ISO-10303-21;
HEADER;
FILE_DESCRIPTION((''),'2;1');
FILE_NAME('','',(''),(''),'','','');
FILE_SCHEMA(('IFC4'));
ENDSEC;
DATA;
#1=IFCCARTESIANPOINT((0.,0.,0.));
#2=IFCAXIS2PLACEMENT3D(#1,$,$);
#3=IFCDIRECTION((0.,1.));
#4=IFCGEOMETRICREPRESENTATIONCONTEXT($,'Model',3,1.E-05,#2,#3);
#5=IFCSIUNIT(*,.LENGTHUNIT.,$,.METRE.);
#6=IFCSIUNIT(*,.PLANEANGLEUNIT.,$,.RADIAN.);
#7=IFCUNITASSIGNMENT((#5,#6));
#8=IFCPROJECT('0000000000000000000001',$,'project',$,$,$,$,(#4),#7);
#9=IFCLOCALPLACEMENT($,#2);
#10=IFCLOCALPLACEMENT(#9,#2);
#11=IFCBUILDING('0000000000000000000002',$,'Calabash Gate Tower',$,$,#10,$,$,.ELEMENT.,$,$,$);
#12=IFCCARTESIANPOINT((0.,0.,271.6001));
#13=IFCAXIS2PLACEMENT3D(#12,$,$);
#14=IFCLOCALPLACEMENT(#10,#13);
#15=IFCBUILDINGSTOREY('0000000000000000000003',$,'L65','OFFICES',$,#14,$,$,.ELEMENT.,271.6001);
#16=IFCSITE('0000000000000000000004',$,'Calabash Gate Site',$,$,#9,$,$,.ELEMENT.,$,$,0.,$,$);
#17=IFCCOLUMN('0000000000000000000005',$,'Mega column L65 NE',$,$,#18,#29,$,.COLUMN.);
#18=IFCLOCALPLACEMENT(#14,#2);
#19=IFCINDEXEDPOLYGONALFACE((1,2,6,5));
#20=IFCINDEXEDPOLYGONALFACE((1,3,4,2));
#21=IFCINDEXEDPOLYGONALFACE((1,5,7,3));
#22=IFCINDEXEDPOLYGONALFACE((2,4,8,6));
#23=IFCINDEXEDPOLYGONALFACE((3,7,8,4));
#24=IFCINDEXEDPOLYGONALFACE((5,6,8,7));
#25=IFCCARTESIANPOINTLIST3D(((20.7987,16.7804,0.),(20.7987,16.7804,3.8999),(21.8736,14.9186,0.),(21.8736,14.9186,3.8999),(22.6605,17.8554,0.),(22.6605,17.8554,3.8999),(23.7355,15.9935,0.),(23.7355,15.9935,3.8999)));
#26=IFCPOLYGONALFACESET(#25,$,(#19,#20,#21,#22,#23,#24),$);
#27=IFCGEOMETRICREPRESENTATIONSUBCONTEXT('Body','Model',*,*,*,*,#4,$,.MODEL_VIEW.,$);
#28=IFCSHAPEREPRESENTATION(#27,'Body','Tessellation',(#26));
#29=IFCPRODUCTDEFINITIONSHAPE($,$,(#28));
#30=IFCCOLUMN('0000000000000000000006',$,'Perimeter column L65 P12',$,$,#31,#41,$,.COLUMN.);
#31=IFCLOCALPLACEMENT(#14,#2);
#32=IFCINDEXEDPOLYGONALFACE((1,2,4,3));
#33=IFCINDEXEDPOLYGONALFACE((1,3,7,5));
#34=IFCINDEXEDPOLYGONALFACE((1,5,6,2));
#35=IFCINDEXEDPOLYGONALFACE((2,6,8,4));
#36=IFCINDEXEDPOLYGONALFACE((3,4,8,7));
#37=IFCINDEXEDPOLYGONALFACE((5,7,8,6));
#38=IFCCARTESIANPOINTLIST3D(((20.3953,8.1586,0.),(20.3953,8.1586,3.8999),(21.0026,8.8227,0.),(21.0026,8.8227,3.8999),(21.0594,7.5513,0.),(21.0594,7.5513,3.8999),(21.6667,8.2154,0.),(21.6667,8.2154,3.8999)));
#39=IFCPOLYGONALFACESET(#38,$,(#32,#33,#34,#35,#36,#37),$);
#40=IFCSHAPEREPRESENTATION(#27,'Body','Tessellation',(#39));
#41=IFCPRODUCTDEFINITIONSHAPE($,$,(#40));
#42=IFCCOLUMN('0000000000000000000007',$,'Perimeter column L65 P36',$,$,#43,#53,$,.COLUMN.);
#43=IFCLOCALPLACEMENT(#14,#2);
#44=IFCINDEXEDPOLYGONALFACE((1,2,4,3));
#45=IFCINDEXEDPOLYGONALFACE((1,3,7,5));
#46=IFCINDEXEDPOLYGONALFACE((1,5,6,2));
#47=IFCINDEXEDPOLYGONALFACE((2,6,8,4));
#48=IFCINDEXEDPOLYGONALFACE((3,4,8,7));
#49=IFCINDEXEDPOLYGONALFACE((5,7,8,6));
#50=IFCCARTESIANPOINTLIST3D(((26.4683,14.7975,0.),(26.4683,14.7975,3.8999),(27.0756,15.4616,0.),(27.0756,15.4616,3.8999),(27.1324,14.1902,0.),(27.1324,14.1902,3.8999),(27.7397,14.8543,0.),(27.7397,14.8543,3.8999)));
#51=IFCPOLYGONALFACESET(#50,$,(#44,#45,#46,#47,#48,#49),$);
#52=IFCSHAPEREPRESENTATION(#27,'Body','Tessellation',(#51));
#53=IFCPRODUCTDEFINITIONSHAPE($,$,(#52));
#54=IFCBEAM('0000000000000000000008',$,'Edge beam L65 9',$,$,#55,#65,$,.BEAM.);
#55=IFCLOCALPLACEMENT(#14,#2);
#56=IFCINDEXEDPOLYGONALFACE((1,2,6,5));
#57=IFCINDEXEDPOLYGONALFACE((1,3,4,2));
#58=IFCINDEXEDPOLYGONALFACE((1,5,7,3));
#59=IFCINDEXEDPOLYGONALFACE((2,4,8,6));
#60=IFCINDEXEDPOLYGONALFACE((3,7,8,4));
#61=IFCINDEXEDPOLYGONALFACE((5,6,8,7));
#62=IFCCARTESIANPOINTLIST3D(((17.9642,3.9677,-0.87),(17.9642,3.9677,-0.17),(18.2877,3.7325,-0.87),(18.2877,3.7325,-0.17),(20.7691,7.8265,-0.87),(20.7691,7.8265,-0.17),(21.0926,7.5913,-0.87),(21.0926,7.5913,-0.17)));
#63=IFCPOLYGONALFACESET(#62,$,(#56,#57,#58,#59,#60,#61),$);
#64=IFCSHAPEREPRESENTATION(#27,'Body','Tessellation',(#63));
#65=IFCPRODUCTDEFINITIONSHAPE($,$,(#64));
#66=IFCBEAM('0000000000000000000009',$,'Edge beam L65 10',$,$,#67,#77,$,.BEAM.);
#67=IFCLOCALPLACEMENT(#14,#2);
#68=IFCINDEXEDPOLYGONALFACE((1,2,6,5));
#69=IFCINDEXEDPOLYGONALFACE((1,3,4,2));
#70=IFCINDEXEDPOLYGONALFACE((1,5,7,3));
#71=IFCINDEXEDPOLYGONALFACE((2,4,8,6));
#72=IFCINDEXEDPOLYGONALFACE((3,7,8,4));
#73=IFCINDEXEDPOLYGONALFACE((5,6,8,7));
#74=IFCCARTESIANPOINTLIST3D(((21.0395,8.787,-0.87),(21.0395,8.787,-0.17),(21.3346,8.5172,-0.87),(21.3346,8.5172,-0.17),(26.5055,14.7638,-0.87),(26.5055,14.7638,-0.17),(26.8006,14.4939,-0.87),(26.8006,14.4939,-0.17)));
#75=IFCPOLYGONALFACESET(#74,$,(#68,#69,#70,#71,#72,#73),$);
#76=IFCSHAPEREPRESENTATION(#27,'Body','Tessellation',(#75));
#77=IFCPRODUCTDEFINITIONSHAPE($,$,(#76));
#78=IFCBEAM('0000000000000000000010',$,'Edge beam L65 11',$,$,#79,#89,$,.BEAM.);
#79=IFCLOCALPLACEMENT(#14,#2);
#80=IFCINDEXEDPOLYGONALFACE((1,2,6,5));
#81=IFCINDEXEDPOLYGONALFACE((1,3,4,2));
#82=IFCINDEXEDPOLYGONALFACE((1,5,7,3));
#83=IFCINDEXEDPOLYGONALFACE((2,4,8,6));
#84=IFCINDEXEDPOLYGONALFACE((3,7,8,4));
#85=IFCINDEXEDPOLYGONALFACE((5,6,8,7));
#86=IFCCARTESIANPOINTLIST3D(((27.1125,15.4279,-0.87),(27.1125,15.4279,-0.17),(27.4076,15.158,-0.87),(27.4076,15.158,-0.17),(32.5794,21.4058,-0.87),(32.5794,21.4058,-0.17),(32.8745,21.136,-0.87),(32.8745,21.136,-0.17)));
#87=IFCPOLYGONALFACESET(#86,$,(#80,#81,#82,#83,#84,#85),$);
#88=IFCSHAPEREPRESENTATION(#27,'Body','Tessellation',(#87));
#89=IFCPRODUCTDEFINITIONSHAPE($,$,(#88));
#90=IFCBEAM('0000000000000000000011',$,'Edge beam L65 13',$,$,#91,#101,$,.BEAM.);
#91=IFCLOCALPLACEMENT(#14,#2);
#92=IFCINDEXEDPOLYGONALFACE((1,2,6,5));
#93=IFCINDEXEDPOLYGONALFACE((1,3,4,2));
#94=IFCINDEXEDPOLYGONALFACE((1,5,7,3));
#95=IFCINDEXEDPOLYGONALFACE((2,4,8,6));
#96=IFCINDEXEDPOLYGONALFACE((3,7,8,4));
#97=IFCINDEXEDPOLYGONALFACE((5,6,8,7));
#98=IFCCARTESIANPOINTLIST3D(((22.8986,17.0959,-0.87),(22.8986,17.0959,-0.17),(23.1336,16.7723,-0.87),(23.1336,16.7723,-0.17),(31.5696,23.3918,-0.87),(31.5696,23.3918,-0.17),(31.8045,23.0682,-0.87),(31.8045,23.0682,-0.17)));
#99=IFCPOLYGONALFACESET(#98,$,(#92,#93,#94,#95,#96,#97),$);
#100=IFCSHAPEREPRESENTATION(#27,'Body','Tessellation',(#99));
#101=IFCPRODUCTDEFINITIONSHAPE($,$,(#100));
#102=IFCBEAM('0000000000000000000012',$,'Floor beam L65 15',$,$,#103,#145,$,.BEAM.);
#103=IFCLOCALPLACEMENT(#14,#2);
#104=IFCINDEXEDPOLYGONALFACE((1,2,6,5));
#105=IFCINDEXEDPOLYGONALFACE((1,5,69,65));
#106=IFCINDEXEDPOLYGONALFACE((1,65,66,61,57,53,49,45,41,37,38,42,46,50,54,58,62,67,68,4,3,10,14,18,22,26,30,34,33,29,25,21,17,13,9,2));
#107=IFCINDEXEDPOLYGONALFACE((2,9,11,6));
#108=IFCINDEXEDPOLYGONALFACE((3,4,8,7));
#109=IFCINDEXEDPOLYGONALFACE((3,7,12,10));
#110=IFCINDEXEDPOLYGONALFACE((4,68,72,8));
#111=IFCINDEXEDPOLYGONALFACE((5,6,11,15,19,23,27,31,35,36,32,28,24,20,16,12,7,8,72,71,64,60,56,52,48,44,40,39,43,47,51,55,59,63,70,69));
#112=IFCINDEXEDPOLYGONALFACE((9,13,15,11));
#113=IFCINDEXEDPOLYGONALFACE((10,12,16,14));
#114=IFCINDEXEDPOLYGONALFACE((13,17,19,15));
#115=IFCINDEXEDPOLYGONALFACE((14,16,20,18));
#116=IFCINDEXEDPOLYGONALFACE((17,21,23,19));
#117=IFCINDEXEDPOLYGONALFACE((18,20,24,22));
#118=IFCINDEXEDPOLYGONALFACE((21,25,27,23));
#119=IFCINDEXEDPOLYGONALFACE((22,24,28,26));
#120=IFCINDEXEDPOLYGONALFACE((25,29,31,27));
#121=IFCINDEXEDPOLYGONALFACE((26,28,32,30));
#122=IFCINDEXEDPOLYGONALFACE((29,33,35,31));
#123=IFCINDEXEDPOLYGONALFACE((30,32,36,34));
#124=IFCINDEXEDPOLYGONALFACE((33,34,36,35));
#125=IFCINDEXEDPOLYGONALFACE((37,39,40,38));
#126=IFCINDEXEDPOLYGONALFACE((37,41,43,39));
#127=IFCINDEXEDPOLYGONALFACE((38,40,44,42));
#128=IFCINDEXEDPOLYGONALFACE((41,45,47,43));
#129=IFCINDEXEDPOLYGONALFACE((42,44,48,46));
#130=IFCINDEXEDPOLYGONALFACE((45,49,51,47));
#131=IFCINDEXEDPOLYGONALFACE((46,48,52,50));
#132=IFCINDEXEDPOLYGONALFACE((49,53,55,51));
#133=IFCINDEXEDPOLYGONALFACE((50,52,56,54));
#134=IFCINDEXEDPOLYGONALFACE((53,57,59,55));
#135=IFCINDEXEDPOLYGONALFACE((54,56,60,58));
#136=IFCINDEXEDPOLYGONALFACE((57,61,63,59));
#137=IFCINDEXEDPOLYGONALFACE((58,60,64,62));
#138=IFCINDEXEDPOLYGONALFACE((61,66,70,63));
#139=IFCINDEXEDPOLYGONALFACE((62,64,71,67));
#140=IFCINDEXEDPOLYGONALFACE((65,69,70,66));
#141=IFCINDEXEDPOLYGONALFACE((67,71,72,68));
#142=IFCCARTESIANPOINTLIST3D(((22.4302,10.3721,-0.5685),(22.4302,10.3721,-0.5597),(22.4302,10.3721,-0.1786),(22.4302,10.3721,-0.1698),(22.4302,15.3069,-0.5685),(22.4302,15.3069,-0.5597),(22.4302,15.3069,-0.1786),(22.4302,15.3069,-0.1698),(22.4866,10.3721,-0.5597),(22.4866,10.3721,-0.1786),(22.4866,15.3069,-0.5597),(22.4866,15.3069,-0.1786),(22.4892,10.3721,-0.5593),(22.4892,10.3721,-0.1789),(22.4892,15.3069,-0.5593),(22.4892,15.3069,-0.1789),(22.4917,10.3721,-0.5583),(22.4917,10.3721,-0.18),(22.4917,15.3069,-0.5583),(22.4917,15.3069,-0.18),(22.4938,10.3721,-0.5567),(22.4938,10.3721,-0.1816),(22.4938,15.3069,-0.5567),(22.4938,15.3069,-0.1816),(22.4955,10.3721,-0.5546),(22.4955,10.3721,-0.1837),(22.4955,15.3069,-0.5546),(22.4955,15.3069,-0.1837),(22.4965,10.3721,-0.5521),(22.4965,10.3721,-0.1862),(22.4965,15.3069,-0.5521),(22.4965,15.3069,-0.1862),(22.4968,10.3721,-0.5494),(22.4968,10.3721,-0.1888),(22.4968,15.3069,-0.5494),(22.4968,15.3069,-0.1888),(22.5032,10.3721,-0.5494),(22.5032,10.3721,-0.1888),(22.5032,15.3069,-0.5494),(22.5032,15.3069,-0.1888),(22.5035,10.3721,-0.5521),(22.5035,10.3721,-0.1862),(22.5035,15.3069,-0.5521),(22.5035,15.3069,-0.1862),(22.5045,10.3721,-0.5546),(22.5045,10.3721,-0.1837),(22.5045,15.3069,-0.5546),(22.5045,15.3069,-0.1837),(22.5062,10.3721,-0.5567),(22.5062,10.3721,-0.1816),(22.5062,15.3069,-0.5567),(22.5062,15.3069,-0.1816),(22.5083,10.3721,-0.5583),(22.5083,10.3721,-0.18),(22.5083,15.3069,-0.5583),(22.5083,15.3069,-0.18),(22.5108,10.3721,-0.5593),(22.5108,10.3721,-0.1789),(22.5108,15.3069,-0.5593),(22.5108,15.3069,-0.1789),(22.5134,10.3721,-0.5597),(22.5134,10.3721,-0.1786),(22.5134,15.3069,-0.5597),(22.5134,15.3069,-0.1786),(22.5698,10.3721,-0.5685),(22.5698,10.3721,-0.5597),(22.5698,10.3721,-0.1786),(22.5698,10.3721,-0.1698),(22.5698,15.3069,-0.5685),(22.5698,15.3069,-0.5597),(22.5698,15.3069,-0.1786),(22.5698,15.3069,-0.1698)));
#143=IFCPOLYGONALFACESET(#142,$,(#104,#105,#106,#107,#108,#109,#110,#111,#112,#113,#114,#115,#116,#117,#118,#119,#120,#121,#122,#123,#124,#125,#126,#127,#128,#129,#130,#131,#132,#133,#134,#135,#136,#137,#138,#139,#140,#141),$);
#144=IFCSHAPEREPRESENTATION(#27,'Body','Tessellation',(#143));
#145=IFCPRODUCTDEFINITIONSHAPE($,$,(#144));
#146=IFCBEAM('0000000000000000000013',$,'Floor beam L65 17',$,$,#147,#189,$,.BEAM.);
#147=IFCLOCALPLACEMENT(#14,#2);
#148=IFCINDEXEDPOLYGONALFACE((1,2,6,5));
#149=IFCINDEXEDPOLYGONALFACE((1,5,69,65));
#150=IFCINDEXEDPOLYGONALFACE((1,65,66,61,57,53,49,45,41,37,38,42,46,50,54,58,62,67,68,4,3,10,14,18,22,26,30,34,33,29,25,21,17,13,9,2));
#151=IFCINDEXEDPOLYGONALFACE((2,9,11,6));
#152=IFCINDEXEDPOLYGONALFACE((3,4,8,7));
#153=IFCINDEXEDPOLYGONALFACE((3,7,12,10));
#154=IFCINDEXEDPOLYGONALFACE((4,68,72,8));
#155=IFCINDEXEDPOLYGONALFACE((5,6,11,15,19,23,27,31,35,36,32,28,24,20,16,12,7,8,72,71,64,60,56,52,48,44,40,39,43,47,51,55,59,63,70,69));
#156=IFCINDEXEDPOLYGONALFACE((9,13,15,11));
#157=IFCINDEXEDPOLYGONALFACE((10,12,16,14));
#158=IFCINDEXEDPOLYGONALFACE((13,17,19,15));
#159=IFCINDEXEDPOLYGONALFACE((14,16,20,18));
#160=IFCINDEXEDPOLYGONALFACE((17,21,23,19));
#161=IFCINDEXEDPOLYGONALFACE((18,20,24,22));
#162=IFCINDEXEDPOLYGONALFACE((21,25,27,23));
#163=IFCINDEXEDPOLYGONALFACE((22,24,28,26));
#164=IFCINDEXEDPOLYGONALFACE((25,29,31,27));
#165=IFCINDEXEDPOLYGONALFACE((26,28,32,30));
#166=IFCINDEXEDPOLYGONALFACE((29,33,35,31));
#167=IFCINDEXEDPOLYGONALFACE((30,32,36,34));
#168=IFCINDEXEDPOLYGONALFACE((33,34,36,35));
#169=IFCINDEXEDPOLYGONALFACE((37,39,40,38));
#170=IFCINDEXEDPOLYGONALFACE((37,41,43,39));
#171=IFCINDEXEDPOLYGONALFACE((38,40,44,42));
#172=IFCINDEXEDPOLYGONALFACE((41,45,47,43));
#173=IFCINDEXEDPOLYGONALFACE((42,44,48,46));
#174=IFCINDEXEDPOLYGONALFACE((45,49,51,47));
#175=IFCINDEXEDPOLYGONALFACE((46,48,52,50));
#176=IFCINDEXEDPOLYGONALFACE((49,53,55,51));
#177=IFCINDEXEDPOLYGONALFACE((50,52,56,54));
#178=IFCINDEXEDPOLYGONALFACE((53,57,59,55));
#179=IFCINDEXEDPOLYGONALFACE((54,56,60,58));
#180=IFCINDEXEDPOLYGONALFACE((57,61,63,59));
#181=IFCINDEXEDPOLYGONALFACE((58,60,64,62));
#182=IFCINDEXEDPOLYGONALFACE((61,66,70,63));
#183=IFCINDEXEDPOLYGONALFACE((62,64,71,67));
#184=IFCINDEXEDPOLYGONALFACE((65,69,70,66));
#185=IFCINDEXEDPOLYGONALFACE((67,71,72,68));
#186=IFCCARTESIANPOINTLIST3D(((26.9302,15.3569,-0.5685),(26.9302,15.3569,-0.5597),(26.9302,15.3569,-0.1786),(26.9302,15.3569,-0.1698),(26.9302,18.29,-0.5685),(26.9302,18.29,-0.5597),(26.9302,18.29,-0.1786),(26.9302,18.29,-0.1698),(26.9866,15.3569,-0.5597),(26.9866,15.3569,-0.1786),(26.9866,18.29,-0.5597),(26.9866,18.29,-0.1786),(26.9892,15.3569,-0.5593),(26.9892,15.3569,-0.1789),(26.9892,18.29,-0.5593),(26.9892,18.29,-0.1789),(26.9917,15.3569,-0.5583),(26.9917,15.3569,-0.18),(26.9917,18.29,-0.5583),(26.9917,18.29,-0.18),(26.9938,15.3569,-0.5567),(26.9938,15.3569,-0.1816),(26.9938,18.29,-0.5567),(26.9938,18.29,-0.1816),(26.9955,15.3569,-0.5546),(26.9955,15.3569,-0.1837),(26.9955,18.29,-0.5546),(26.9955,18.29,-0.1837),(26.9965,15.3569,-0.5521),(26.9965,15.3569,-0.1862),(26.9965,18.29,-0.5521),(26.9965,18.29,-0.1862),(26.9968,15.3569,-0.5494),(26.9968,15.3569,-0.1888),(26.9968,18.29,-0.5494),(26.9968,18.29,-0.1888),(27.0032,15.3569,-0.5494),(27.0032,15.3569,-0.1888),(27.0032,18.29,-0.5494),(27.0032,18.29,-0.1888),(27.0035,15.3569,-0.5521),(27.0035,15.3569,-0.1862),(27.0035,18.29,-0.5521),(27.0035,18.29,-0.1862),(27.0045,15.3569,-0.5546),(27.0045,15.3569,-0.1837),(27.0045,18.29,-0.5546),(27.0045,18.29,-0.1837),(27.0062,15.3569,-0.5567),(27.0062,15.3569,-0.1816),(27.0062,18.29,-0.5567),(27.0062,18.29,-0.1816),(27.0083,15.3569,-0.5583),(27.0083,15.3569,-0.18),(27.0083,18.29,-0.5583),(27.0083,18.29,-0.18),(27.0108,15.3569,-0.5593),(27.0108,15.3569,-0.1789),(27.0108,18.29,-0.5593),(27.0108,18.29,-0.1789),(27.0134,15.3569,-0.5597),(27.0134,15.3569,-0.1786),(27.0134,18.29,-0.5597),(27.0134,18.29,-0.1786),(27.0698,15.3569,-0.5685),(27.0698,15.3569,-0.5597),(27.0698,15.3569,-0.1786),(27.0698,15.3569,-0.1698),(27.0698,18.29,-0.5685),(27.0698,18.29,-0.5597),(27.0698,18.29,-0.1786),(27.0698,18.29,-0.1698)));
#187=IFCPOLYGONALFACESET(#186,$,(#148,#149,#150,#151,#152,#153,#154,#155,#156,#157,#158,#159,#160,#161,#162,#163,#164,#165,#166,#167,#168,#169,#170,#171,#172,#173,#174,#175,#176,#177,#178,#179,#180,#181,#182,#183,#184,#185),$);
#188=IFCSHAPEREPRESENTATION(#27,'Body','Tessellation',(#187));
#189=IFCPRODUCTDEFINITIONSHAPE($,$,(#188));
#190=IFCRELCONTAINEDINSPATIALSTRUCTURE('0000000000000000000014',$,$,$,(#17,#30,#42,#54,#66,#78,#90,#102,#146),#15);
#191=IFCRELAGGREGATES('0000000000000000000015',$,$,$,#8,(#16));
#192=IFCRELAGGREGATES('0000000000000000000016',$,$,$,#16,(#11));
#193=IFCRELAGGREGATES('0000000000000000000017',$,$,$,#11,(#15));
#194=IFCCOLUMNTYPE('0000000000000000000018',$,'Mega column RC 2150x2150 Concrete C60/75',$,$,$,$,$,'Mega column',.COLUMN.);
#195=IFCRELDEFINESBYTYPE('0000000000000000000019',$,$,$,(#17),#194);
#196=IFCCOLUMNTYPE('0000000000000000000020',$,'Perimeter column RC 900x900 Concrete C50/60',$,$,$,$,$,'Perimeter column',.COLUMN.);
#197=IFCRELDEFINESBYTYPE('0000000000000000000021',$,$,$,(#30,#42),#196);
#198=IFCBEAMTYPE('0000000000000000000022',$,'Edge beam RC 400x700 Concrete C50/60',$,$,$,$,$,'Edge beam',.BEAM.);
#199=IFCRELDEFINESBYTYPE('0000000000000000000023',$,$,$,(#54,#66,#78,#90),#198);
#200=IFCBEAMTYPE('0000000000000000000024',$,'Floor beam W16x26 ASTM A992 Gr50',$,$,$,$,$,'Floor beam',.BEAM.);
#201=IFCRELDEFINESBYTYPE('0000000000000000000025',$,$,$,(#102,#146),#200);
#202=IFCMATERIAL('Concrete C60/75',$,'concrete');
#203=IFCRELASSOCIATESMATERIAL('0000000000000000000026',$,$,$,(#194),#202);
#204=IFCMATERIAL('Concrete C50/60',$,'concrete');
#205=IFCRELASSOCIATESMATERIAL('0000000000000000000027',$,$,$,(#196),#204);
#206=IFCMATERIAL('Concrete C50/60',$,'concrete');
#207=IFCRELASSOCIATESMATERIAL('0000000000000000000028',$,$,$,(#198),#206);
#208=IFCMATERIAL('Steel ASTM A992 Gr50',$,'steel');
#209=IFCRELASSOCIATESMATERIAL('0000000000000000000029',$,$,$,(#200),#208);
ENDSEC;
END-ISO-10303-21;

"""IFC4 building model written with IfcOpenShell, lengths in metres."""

from ifc_helpers import new_model, si_unit, direction, frame, origin, origin_2d, place, context, subcontext, project, spatial, rectangle, i_section, extrude, material, material_profile, profile_set, type_object, element, save


model = new_model("IFC4")

# Units and contexts
model_context = context("Model", 3, precision=1e-05, world=origin(), true_north=direction((0.0, 1.0)))
body_context = subcontext(model_context, "Body", "Model", "MODEL_VIEW")
ifc_project = project(units=[si_unit("LENGTHUNIT", "METRE"), si_unit("PLANEANGLEUNIT", "RADIAN")], contexts=[model_context])

# Site, building, storey
site_placement = place(None, origin())
site = spatial("IfcSite", under=ifc_project, at=site_placement, Name="Calabash Gate Site", CompositionType="ELEMENT", RefElevation=0.0)
building_placement = place(site_placement, origin())
building = spatial("IfcBuilding", under=site, at=building_placement, Name="Calabash Gate Tower", CompositionType="ELEMENT")
storey_placement = place(building_placement, frame((0.0, 0.0, 271.6001)))
storey = spatial("IfcBuildingStorey", under=building, at=storey_placement, Name="L65", Description="OFFICES", CompositionType="ELEMENT", Elevation=271.6001)

# Columns
ifc_material_1 = material(Name="Concrete C60/75", Category="concrete")
ifc_material_profile_1 = material_profile(ifc_material_1, rectangle(XDim=2.1499, YDim=2.1499, at=origin_2d()))
ifc_profile_set_1 = profile_set([ifc_material_profile_1], Name="Concrete C60/75")
column_type_1 = type_object("IfcColumnType", Name="Mega column RC 2150x2150 Concrete C60/75", ElementType="Mega column", PredefinedType="COLUMN", material=ifc_profile_set_1)
column_placement = place(storey_placement, frame((22.2671, 16.387, 0.0), z_axis=(0.0, 0.0, 1.0), x_axis=(-0.866025, -0.5, 0.0)))
element("IfcColumn", 1, at=column_placement, inside=storey, type_object=column_type_1, Name="Mega column L65 NE", PredefinedType="COLUMN", context=body_context, shape_type="SweptSolid", body=[
    extrude(rectangle(XDim=2.1499, YDim=2.1499, at=origin_2d()), origin(), (0.0, 0.0, 1.0), 3.8999),
])
ifc_material_2 = material(Name="Concrete C50/60", Category="concrete")
ifc_material_profile_2 = material_profile(ifc_material_2, rectangle(XDim=0.8999, YDim=0.8999, at=origin_2d()))
ifc_profile_set_2 = profile_set([ifc_material_profile_2], Name="Concrete C50/60")
column_type_2 = type_object("IfcColumnType", Name="Perimeter column RC 900x900 Concrete C50/60", ElementType="Perimeter column", PredefinedType="COLUMN", material=ifc_profile_set_2)
for number, where, z_axis, x_axis, name in (
    (2, (21.031, 8.187, 0.0), (0.0, 0.0, 1.0), (0.674856, 0.737949, 0.0), "Perimeter column L65 P12"),
    (3, (27.104, 14.8259, 0.0), (0.0, 0.0, 1.0), (0.674856, 0.737949, 0.0), "Perimeter column L65 P36"),
):
    element("IfcColumn", number, at=place(storey_placement, frame(where, z_axis=z_axis, x_axis=x_axis)), inside=storey, type_object=column_type_2, Name=name, PredefinedType="COLUMN", context=body_context, shape_type="SweptSolid", body=[
        extrude(rectangle(XDim=0.8999, YDim=0.8999, at=origin_2d()), origin(), (0.0, 0.0, 1.0), 3.8999),
    ])

# Beams
ifc_material_3 = material(Name="Concrete C50/60", Category="concrete")
ifc_material_profile_3 = material_profile(ifc_material_3, rectangle(XDim=0.3999, YDim=0.7, at=origin_2d()))
ifc_profile_set_3 = profile_set([ifc_material_profile_3], Name="Concrete C50/60")
beam_type_1 = type_object("IfcBeamType", Name="Edge beam RC 400x700 Concrete C50/60", ElementType="Edge beam", PredefinedType="BEAM", material=ifc_profile_set_3)
beam_1_placement = place(storey_placement, frame((18.126, 3.8501, -0.52), z_axis=(0.587962, 0.808889, 0.0), x_axis=(-0.808889, 0.587962, 0.0)))
element("IfcBeam", 4, at=beam_1_placement, inside=storey, type_object=beam_type_1, Name="Edge beam L65 9", PredefinedType="BEAM", context=body_context, shape_type="SweptSolid", body=[
    extrude(rectangle(XDim=0.3999, YDim=0.7, at=origin_2d()), origin(), (0.0, 0.0, 1.0), 4.7705),
])
beam_2_placement = place(storey_placement, frame((21.187, 8.6521, -0.52), z_axis=(0.674874, 0.737933, 0.0), x_axis=(-0.737933, 0.674874, 0.0)))
element("IfcBeam", 5, at=beam_2_placement, inside=storey, type_object=beam_type_1, Name="Edge beam L65 10", PredefinedType="BEAM", context=body_context, shape_type="SweptSolid", body=[
    extrude(rectangle(XDim=0.3999, YDim=0.7, at=origin_2d()), origin(), (0.0, 0.0, 1.0), 8.0994),
])
beam_3_placement = place(storey_placement, frame((27.26, 15.293, -0.52), z_axis=(0.674864, 0.737942, 0.0), x_axis=(-0.737942, 0.674864, 0.0)))
element("IfcBeam", 6, at=beam_3_placement, inside=storey, type_object=beam_type_1, Name="Edge beam L65 11", PredefinedType="BEAM", context=body_context, shape_type="SweptSolid", body=[
    extrude(rectangle(XDim=0.3999, YDim=0.7, at=origin_2d()), origin(), (0.0, 0.0, 1.0), 8.1008),
])
beam_4_placement = place(storey_placement, frame((23.0161, 16.9341, -0.52), z_axis=(0.809189, 0.587548, 0.0), x_axis=(-0.587548, 0.809189, 0.0)))
element("IfcBeam", 7, at=beam_4_placement, inside=storey, type_object=beam_type_1, Name="Edge beam L65 13", PredefinedType="BEAM", context=body_context, shape_type="SweptSolid", body=[
    extrude(rectangle(XDim=0.3999, YDim=0.7, at=origin_2d()), origin(), (0.0, 0.0, 1.0), 10.7156),
])
ifc_material_4 = material(Name="Steel ASTM A992 Gr50", Category="steel")
ifc_material_profile_4 = material_profile(ifc_material_4, i_section(OverallWidth=0.1396, OverallDepth=0.3987, WebThickness=0.0063, FlangeThickness=0.0088, FilletRadius=0.0103, at=origin_2d()))
ifc_profile_set_4 = profile_set([ifc_material_profile_4], Name="Steel ASTM A992 Gr50")
beam_type_2 = type_object("IfcBeamType", Name="Floor beam W16x26 ASTM A992 Gr50", ElementType="Floor beam", PredefinedType="BEAM", material=ifc_profile_set_4)
beam_5_placement = place(storey_placement, frame((22.5, 10.3721, -0.3691), z_axis=(0.0, 1.0, 0.0), x_axis=(-1.0, 0.0, 0.0)))
element("IfcBeam", 8, at=beam_5_placement, inside=storey, type_object=beam_type_2, Name="Floor beam L65 15", PredefinedType="BEAM", context=body_context, shape_type="SweptSolid", body=[
    extrude(i_section(OverallWidth=0.1396, OverallDepth=0.3987, WebThickness=0.0063, FlangeThickness=0.0088, FilletRadius=0.0103, at=origin_2d()), origin(), (0.0, 0.0, 1.0), 4.9348),
])
beam_6_placement = place(storey_placement, frame((27.0, 15.3569, -0.3691), z_axis=(0.0, 1.0, 0.0), x_axis=(-1.0, 0.0, 0.0)))
element("IfcBeam", 9, at=beam_6_placement, inside=storey, type_object=beam_type_2, Name="Floor beam L65 17", PredefinedType="BEAM", context=body_context, shape_type="SweptSolid", body=[
    extrude(i_section(OverallWidth=0.1396, OverallDepth=0.3987, WebThickness=0.0063, FlangeThickness=0.0088, FilletRadius=0.0103, at=origin_2d()), origin(), (0.0, 0.0, 1.0), 2.9331),
])

save(model, "model.ifc")
